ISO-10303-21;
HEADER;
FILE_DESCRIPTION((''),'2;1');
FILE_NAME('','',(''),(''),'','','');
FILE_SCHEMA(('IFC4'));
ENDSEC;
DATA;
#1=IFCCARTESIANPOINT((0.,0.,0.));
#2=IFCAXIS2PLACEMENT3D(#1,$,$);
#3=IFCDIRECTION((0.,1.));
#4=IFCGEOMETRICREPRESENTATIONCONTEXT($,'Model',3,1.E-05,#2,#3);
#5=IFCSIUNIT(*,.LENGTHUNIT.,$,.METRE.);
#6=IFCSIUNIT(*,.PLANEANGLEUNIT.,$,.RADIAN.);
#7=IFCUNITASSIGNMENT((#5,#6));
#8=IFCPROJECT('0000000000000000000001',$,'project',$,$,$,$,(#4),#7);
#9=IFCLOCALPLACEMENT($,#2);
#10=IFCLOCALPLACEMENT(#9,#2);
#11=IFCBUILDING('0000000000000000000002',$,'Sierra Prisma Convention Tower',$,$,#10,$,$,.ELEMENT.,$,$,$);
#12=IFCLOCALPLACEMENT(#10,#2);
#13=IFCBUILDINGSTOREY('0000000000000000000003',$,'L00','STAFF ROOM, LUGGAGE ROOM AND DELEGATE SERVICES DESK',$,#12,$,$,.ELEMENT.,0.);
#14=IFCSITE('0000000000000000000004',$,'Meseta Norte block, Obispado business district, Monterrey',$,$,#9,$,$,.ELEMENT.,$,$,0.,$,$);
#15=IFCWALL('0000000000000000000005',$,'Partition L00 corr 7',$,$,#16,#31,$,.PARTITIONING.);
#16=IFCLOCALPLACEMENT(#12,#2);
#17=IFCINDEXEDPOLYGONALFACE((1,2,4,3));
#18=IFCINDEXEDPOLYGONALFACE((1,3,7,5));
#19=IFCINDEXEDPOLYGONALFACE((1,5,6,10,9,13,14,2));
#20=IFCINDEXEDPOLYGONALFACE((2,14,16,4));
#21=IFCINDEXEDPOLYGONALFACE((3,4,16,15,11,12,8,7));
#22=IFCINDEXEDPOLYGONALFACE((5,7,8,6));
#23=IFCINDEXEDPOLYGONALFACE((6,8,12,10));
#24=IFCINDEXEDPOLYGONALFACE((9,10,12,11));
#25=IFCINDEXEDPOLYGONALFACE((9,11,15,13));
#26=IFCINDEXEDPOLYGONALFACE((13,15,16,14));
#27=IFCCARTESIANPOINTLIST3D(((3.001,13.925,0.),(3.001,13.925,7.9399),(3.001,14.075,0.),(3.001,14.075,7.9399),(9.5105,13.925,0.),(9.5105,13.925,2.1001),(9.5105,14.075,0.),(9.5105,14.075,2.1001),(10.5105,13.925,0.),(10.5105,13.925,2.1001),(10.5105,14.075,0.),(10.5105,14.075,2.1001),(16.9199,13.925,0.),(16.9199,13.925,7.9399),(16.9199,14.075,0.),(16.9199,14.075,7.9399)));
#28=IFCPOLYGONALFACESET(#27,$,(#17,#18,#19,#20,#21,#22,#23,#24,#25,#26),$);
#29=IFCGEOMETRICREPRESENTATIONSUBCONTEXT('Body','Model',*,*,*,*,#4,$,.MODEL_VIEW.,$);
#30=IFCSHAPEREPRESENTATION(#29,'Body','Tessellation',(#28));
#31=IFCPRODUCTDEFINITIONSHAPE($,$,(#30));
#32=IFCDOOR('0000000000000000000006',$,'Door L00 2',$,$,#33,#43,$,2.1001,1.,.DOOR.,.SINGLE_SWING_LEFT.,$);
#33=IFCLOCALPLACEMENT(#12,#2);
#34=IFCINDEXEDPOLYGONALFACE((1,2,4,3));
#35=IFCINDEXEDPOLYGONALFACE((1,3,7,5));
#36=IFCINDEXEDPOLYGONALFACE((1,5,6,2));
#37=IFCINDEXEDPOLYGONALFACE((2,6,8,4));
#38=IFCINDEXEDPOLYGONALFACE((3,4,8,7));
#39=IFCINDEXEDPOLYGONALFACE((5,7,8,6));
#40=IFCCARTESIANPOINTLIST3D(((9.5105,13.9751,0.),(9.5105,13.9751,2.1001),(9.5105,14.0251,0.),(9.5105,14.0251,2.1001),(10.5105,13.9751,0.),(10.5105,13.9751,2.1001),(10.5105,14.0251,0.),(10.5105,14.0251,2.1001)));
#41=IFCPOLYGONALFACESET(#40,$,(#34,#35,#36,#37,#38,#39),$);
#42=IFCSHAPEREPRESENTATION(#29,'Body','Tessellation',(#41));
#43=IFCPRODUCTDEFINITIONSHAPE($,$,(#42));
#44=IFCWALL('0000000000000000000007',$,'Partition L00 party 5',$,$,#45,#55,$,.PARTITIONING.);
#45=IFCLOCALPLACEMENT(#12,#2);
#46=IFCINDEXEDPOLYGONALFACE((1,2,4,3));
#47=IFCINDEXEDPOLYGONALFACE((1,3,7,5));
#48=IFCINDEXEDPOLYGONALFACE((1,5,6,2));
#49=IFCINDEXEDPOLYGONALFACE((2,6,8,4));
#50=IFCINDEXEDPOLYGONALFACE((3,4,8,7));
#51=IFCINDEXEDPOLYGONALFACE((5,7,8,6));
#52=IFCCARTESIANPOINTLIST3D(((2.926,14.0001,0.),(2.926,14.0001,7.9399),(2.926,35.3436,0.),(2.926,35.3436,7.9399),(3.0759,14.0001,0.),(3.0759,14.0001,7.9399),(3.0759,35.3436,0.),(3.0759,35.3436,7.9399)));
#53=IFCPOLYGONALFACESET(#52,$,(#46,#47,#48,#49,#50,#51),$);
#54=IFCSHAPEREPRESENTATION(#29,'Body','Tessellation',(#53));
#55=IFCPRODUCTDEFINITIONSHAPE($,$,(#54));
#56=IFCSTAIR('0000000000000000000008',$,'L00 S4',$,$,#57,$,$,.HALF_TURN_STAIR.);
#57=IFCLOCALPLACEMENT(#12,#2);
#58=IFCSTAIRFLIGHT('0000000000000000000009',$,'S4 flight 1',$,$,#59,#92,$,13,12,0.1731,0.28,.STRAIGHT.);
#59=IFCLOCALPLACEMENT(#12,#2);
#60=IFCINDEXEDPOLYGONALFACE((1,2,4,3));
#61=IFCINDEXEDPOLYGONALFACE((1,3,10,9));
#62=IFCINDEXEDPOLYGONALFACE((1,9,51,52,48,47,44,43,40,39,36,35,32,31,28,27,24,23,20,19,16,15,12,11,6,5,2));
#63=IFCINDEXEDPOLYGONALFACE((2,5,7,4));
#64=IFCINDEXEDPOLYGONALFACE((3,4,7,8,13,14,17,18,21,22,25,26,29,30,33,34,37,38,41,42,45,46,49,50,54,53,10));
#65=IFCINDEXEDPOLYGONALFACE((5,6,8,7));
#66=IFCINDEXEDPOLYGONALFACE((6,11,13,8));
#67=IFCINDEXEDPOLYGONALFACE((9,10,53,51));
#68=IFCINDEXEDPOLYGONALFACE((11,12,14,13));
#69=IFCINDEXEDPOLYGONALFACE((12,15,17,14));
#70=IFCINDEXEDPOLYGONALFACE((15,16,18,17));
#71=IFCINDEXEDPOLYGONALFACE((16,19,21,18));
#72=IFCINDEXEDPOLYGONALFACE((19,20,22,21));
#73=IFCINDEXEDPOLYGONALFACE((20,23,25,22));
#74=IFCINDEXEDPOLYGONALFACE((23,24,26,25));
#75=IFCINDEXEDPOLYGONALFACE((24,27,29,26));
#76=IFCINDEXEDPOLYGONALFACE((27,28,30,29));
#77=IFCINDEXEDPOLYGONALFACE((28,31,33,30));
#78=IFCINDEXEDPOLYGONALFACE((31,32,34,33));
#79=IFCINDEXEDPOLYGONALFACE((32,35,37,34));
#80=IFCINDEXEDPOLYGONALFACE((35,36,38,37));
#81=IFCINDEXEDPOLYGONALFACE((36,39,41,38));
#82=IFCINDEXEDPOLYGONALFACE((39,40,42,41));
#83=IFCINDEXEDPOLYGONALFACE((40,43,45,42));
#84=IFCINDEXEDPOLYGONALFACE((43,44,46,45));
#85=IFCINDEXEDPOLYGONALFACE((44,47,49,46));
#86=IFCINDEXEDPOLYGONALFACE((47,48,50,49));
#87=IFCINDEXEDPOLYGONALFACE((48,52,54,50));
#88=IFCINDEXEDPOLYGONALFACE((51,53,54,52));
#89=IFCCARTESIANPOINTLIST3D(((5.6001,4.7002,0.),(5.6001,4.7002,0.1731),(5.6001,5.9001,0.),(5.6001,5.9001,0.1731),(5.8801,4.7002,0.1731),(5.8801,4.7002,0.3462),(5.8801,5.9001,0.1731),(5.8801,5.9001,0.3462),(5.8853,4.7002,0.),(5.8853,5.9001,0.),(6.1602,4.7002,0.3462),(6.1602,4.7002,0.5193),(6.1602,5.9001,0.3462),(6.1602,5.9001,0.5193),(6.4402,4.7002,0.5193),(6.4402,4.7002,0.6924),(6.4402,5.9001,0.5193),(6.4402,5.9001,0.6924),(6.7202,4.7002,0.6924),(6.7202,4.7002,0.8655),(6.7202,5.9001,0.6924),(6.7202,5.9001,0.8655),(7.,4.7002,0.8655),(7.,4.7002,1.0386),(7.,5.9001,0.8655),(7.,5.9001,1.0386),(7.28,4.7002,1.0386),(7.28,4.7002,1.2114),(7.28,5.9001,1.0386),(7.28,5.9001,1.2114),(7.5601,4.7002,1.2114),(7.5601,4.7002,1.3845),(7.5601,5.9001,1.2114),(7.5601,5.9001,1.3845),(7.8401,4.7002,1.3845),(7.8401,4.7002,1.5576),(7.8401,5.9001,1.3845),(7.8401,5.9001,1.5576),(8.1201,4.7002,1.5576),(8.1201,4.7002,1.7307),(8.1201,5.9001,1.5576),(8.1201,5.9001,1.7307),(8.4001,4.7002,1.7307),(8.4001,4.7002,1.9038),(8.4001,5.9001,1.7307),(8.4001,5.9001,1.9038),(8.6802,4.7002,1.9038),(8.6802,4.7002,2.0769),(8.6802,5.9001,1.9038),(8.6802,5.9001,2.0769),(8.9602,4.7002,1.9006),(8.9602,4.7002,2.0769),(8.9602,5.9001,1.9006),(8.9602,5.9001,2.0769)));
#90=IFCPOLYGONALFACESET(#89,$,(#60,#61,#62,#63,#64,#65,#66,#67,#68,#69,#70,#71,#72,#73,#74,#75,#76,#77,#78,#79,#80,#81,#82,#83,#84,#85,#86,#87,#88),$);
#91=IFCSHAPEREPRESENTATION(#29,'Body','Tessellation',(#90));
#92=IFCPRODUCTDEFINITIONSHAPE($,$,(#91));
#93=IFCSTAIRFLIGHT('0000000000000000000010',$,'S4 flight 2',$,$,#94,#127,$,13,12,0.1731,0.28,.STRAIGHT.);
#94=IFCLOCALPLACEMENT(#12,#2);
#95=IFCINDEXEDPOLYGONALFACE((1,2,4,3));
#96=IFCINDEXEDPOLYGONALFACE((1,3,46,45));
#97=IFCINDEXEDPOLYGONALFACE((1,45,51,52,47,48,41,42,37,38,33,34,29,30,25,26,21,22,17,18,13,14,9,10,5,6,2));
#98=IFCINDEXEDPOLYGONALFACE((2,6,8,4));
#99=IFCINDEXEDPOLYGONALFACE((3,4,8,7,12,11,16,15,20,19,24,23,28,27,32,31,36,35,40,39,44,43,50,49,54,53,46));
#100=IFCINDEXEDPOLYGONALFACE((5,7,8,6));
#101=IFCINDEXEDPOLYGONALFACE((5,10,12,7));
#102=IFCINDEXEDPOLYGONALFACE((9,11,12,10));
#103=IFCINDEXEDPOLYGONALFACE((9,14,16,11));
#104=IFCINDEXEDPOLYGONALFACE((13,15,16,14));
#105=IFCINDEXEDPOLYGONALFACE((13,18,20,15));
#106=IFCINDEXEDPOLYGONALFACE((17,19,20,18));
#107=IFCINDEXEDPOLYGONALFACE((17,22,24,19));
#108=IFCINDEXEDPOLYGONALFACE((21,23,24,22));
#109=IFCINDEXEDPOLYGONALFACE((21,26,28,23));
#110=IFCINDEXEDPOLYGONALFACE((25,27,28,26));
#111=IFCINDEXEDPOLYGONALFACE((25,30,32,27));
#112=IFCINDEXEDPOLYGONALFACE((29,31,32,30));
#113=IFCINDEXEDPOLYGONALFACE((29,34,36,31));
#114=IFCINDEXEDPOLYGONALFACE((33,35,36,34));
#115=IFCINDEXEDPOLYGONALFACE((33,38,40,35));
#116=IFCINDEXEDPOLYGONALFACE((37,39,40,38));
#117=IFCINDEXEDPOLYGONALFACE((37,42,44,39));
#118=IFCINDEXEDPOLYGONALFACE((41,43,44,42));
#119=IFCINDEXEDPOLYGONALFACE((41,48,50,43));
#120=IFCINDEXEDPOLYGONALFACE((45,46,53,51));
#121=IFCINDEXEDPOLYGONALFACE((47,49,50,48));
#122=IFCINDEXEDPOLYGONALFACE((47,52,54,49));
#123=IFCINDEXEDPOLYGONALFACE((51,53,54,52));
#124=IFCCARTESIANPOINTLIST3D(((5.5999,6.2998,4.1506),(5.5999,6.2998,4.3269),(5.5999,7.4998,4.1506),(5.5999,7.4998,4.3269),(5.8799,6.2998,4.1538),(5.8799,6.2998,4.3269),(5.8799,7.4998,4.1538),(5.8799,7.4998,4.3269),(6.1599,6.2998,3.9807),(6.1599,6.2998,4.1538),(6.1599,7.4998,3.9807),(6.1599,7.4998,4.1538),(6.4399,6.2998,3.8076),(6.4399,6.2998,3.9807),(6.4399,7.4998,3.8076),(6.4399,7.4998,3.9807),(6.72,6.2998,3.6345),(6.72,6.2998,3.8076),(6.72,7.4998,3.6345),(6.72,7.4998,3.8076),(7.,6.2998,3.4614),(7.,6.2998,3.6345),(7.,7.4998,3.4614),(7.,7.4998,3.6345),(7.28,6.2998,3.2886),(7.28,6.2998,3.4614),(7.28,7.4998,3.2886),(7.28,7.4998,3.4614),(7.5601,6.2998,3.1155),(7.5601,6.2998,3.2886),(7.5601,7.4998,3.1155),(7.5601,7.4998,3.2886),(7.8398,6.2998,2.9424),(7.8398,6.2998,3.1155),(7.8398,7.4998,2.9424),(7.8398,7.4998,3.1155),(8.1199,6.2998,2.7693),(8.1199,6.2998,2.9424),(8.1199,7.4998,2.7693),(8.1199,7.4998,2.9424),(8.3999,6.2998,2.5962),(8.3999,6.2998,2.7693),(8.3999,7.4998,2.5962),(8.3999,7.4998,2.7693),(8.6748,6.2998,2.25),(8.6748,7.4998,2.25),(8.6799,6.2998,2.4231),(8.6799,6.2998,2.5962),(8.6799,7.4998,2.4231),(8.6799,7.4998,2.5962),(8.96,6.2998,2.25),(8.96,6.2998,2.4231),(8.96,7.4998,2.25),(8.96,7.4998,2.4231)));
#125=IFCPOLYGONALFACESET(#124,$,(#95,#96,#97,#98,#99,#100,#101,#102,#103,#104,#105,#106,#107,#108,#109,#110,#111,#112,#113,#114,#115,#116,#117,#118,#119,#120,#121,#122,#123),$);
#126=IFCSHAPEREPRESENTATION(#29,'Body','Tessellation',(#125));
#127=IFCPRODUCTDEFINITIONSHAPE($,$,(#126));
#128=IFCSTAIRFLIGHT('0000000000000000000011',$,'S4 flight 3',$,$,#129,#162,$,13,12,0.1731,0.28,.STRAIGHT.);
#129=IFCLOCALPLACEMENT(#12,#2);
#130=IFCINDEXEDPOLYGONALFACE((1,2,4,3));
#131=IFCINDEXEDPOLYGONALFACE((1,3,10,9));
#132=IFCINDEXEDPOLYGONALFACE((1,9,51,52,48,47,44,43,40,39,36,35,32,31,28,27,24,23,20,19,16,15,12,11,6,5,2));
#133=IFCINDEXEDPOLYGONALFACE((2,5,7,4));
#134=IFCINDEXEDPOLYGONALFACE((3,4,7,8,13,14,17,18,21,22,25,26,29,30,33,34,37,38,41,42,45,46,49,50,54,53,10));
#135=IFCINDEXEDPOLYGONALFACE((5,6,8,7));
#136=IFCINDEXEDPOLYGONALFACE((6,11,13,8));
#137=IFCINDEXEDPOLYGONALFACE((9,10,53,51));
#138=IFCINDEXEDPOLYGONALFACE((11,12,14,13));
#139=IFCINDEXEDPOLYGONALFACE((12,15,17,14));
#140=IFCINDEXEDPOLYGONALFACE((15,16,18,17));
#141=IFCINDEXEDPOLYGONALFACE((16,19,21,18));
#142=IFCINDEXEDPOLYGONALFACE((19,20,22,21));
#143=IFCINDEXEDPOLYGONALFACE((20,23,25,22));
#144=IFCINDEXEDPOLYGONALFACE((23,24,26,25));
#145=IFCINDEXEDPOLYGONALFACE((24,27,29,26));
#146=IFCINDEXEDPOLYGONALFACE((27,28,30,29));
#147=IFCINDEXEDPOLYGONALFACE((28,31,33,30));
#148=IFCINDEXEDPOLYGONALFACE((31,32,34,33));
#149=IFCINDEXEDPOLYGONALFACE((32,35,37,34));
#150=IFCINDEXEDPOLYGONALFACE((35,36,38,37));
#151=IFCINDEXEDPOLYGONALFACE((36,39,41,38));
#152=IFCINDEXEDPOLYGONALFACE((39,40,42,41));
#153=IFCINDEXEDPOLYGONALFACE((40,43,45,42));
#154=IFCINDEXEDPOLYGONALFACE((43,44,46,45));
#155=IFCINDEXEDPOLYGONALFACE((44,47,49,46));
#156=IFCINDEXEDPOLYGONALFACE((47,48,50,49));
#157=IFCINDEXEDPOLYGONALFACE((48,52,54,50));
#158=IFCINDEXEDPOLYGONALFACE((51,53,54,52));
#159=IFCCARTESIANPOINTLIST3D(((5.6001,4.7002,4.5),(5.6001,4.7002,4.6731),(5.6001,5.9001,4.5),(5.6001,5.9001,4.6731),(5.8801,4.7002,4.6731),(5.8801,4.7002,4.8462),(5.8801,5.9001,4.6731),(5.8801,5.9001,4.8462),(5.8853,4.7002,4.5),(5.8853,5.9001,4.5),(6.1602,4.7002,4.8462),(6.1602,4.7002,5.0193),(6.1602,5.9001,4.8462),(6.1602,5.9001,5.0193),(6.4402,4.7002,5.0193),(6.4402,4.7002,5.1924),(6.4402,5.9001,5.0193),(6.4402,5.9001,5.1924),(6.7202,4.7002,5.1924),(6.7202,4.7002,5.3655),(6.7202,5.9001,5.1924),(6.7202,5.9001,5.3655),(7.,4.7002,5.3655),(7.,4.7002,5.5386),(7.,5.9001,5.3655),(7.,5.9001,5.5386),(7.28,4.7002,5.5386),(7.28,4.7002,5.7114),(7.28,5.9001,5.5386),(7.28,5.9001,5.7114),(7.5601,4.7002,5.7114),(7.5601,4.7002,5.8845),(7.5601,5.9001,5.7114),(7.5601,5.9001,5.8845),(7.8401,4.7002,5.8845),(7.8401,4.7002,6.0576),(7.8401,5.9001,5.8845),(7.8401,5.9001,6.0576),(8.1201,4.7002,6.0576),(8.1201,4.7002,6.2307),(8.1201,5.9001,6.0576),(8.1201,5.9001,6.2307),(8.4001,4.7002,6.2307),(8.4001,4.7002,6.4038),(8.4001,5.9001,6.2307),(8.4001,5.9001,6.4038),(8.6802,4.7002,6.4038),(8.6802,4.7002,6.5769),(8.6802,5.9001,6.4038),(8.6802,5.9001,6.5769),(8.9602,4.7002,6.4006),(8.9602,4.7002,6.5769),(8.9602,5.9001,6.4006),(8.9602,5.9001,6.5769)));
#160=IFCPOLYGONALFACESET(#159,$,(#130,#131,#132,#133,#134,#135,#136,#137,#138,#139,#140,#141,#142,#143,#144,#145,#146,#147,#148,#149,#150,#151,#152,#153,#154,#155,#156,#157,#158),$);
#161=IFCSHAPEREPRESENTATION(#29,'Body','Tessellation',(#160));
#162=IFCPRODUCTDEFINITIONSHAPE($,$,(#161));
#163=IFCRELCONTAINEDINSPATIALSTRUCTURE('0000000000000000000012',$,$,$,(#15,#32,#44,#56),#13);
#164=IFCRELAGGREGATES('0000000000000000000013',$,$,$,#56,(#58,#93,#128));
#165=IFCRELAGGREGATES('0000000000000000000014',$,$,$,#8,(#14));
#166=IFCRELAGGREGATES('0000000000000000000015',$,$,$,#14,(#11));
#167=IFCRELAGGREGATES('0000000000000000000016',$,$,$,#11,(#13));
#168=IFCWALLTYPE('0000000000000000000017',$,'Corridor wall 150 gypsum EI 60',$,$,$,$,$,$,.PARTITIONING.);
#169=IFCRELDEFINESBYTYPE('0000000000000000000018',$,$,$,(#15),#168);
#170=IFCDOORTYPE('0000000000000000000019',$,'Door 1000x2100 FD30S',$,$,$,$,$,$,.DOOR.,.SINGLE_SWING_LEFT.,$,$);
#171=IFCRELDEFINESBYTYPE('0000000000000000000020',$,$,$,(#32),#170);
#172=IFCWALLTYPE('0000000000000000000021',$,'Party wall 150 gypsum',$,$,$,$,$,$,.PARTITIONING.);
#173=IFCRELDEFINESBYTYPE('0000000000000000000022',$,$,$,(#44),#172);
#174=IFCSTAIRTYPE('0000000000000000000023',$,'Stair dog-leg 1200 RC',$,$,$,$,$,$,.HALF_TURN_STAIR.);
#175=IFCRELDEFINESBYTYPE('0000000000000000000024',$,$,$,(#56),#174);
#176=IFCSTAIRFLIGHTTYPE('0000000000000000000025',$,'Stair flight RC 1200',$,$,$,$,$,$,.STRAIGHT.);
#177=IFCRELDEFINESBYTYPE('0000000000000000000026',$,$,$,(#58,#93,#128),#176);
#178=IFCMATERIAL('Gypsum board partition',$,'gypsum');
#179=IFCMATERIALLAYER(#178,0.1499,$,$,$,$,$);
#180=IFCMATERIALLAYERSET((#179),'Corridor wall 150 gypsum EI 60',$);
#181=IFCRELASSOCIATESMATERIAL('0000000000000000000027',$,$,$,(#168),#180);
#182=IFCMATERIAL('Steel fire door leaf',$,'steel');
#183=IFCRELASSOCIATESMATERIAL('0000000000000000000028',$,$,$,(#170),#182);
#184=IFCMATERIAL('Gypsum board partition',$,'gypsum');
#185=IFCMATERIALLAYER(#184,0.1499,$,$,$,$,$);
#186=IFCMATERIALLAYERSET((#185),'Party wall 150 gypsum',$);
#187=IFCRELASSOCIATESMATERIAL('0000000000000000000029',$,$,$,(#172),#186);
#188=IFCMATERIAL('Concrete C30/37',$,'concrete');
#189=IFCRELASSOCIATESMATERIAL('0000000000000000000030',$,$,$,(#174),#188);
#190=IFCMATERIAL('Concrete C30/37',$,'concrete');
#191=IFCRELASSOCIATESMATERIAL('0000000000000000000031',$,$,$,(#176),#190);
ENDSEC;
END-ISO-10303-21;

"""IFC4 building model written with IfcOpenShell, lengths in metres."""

from ifc_helpers import new_model, si_unit, direction, frame, frame_2d, origin, place, context, subcontext, project, spatial, polyline, rectangle, outline, extrude, material, layer, layer_set, type_object, element, fill, aggregate, save


model = new_model("IFC4")

# Units and contexts
model_context = context("Model", 3, precision=1e-05, world=origin(), true_north=direction((0.0, 1.0)))
body_context = subcontext(model_context, "Body", "Model", "MODEL_VIEW")
ifc_project = project(units=[si_unit("LENGTHUNIT", "METRE"), si_unit("PLANEANGLEUNIT", "RADIAN")], contexts=[model_context])

# Site, building, storey
site_placement = place(None, origin())
site = spatial("IfcSite", under=ifc_project, at=site_placement, Name="Meseta Norte block, Obispado business district, Monterrey", CompositionType="ELEMENT", RefElevation=0.0)
building_placement = place(site_placement, origin())
building = spatial("IfcBuilding", under=site, at=building_placement, Name="Sierra Prisma Convention Tower", CompositionType="ELEMENT")
storey_placement = place(building_placement, origin())
storey = spatial("IfcBuildingStorey", under=building, at=storey_placement, Name="L00", Description="STAFF ROOM, LUGGAGE ROOM AND DELEGATE SERVICES DESK", CompositionType="ELEMENT", Elevation=0.0)

# Shared definitions
ifc_material_1 = material(Name="Gypsum board partition", Category="gypsum")
ifc_layer_1 = layer(ifc_material_1, 0.1499)
ifc_layer_set_1 = layer_set([ifc_layer_1], Name="Corridor wall 150 gypsum EI 60")
wall_type_1 = type_object("IfcWallType", Name="Corridor wall 150 gypsum EI 60", PredefinedType="PARTITIONING", material=ifc_layer_set_1)
ifc_material_2 = material(Name="Steel fire door leaf", Category="steel")
door_type_1 = type_object("IfcDoorType", Name="Door 1000x2100 FD30S", OperationType="SINGLE_SWING_LEFT", PredefinedType="DOOR", material=ifc_material_2)

# Wall, opening, door
wall_1_placement = place(storey_placement, frame((16.9199, 14.0, 0.0), z_axis=(0.0, 0.0, 1.0), x_axis=(-1.0, 0.0, 0.0)))
wall_1 = element("IfcWall", 1, at=wall_1_placement, inside=storey, type_object=wall_type_1, Name="Partition L00 corr 7", PredefinedType="PARTITIONING", context=body_context, shape_type="SweptSolid", body=[
    extrude(rectangle(XDim=13.9189, YDim=0.1499, at=frame_2d((6.9595, 0.0))), origin(), (0.0, 0.0, 1.0), 7.9399),
])
opening_1_placement = place(wall_1_placement, frame((6.4094, 0.0, 0.0)))
opening_1 = element("IfcOpeningElement", 2, at=opening_1_placement, cuts=wall_1, PredefinedType="OPENING", context=body_context, shape_type="SweptSolid", body=[
    extrude(rectangle(XDim=1.0, YDim=2.1001, at=frame_2d((0.5, 1.05))), frame((0.0, 0.075, 0.0), z_axis=(0.0, -1.0, 0.0), x_axis=(1.0, 0.0, 0.0)), (0.0, 0.0, 1.0), 0.1499),
])
door_1_placement = place(opening_1_placement, origin())
door_1 = element("IfcDoor", 3, at=door_1_placement, inside=storey, type_object=door_type_1, Name="Door L00 2", OperationType="SINGLE_SWING_LEFT", OverallHeight=2.1001, OverallWidth=1.0, PredefinedType="DOOR", context=body_context, shape_type="SweptSolid", body=[
    extrude(rectangle(XDim=1.0, YDim=2.1001, at=frame_2d((0.5, 1.05))), frame((0.0, 0.0249, 0.0), z_axis=(0.0, -1.0, 0.0), x_axis=(1.0, 0.0, 0.0)), (0.0, 0.0, 1.0), 0.05),
])
fill(opening_1, door_1)

# Wall
ifc_material_3 = material(Name="Gypsum board partition", Category="gypsum")
ifc_layer_2 = layer(ifc_material_3, 0.1499)
ifc_layer_set_2 = layer_set([ifc_layer_2], Name="Party wall 150 gypsum")
wall_type_2 = type_object("IfcWallType", Name="Party wall 150 gypsum", PredefinedType="PARTITIONING", material=ifc_layer_set_2)
wall_2_placement = place(storey_placement, frame((3.001, 14.0, 0.0), z_axis=(0.0, 0.0, 1.0), x_axis=(0.0, 1.0, 0.0)))
element("IfcWall", 4, at=wall_2_placement, inside=storey, type_object=wall_type_2, Name="Partition L00 party 5", PredefinedType="PARTITIONING", context=body_context, shape_type="SweptSolid", body=[
    extrude(rectangle(XDim=21.3435, YDim=0.1499, at=frame_2d((10.6719, 0.0))), origin(), (0.0, 0.0, 1.0), 7.9399),
])

# Stair, stair flights
ifc_material_4 = material(Name="Concrete C30/37", Category="concrete")
stair_type = type_object("IfcStairType", Name="Stair dog-leg 1200 RC", PredefinedType="HALF_TURN_STAIR", material=ifc_material_4)
stair_placement = place(storey_placement, origin())
stair = element("IfcStair", 5, at=stair_placement, inside=storey, type_object=stair_type, Name="L00 S4", PredefinedType="HALF_TURN_STAIR")
ifc_material_5 = material(Name="Concrete C30/37", Category="concrete")
stair_flight_type = type_object("IfcStairFlightType", Name="Stair flight RC 1200", PredefinedType="STRAIGHT", material=ifc_material_5)
stair_flight_1_placement = place(storey_placement, frame((5.6001, 5.3, 0.0), z_axis=(0.0, 0.0, 1.0), x_axis=(1.0, 0.0, 0.0)))
stair_flight_1 = element("IfcStairFlight", 6, at=stair_flight_1_placement, type_object=stair_flight_type, Name="S4 flight 1", NumberOfRisers=13, NumberOfTreads=12, PredefinedType="STRAIGHT", RiserHeight=0.1731, TreadLength=0.28, context=body_context, shape_type="SweptSolid", body=[
    extrude(outline(polyline([(0.0, 0.0), (0.0, 0.1731), (0.28, 0.1731), (0.28, 0.3462), (0.5601, 0.3462), (0.5601, 0.5193), (0.8401, 0.5193), (0.8401, 0.6924), (1.1201, 0.6924), (1.1201, 0.8655), (1.3999, 0.8655), (1.3999, 1.0386), (1.6799, 1.0386), (1.6799, 1.2114), (1.96, 1.2114), (1.96, 1.3845), (2.24, 1.3845), (2.24, 1.5576), (2.52, 1.5576), (2.52, 1.7307), (2.8, 1.7307), (2.8, 1.9038), (3.0801, 1.9038), (3.0801, 2.0769), (3.3601, 2.0769), (3.3601, 2.25), (3.3601, 1.9006), (0.2852, 0.0), (0.0, 0.0)])), frame((0.0, 0.6001, 0.0), z_axis=(0.0, -1.0, 0.0), x_axis=(1.0, 0.0, 0.0)), (0.0, 0.0, 1.0), 1.2),
])
stair_flight_2_placement = place(storey_placement, frame((8.96, 6.8999, 2.25), z_axis=(0.0, 0.0, 1.0), x_axis=(-1.0, 0.0, 0.0)))
stair_flight_2 = element("IfcStairFlight", 7, at=stair_flight_2_placement, type_object=stair_flight_type, Name="S4 flight 2", NumberOfRisers=13, NumberOfTreads=12, PredefinedType="STRAIGHT", RiserHeight=0.1731, TreadLength=0.28, context=body_context, shape_type="SweptSolid", body=[
    extrude(outline(polyline([(0.0, 0.0), (0.0, 0.1731), (0.28, 0.1731), (0.28, 0.3462), (0.5601, 0.3462), (0.5601, 0.5193), (0.8401, 0.5193), (0.8401, 0.6924), (1.1201, 0.6924), (1.1201, 0.8655), (1.3999, 0.8655), (1.3999, 1.0386), (1.6799, 1.0386), (1.6799, 1.2114), (1.96, 1.2114), (1.96, 1.3845), (2.24, 1.3845), (2.24, 1.5576), (2.52, 1.5576), (2.52, 1.7307), (2.8, 1.7307), (2.8, 1.9038), (3.0801, 1.9038), (3.0801, 2.0769), (3.3601, 2.0769), (3.3601, 2.25), (3.3601, 1.9006), (0.2852, 0.0), (0.0, 0.0)])), frame((0.0, 0.6001, 0.0), z_axis=(0.0, -1.0, 0.0), x_axis=(1.0, 0.0, 0.0)), (0.0, 0.0, 1.0), 1.2),
])
stair_flight_3_placement = place(storey_placement, frame((5.6001, 5.3, 4.5), z_axis=(0.0, 0.0, 1.0), x_axis=(1.0, 0.0, 0.0)))
stair_flight_3 = element("IfcStairFlight", 8, at=stair_flight_3_placement, type_object=stair_flight_type, Name="S4 flight 3", NumberOfRisers=13, NumberOfTreads=12, PredefinedType="STRAIGHT", RiserHeight=0.1731, TreadLength=0.28, context=body_context, shape_type="SweptSolid", body=[
    extrude(outline(polyline([(0.0, 0.0), (0.0, 0.1731), (0.28, 0.1731), (0.28, 0.3462), (0.5601, 0.3462), (0.5601, 0.5193), (0.8401, 0.5193), (0.8401, 0.6924), (1.1201, 0.6924), (1.1201, 0.8655), (1.3999, 0.8655), (1.3999, 1.0386), (1.6799, 1.0386), (1.6799, 1.2114), (1.96, 1.2114), (1.96, 1.3845), (2.24, 1.3845), (2.24, 1.5576), (2.52, 1.5576), (2.52, 1.7307), (2.8, 1.7307), (2.8, 1.9038), (3.0801, 1.9038), (3.0801, 2.0769), (3.3601, 2.0769), (3.3601, 2.25), (3.3601, 1.9006), (0.2852, 0.0), (0.0, 0.0)])), frame((0.0, 0.6001, 0.0), z_axis=(0.0, -1.0, 0.0), x_axis=(1.0, 0.0, 0.0)), (0.0, 0.0, 1.0), 1.2),
])
aggregate(stair, [stair_flight_1, stair_flight_2, stair_flight_3])

save(model, "model.ifc")
